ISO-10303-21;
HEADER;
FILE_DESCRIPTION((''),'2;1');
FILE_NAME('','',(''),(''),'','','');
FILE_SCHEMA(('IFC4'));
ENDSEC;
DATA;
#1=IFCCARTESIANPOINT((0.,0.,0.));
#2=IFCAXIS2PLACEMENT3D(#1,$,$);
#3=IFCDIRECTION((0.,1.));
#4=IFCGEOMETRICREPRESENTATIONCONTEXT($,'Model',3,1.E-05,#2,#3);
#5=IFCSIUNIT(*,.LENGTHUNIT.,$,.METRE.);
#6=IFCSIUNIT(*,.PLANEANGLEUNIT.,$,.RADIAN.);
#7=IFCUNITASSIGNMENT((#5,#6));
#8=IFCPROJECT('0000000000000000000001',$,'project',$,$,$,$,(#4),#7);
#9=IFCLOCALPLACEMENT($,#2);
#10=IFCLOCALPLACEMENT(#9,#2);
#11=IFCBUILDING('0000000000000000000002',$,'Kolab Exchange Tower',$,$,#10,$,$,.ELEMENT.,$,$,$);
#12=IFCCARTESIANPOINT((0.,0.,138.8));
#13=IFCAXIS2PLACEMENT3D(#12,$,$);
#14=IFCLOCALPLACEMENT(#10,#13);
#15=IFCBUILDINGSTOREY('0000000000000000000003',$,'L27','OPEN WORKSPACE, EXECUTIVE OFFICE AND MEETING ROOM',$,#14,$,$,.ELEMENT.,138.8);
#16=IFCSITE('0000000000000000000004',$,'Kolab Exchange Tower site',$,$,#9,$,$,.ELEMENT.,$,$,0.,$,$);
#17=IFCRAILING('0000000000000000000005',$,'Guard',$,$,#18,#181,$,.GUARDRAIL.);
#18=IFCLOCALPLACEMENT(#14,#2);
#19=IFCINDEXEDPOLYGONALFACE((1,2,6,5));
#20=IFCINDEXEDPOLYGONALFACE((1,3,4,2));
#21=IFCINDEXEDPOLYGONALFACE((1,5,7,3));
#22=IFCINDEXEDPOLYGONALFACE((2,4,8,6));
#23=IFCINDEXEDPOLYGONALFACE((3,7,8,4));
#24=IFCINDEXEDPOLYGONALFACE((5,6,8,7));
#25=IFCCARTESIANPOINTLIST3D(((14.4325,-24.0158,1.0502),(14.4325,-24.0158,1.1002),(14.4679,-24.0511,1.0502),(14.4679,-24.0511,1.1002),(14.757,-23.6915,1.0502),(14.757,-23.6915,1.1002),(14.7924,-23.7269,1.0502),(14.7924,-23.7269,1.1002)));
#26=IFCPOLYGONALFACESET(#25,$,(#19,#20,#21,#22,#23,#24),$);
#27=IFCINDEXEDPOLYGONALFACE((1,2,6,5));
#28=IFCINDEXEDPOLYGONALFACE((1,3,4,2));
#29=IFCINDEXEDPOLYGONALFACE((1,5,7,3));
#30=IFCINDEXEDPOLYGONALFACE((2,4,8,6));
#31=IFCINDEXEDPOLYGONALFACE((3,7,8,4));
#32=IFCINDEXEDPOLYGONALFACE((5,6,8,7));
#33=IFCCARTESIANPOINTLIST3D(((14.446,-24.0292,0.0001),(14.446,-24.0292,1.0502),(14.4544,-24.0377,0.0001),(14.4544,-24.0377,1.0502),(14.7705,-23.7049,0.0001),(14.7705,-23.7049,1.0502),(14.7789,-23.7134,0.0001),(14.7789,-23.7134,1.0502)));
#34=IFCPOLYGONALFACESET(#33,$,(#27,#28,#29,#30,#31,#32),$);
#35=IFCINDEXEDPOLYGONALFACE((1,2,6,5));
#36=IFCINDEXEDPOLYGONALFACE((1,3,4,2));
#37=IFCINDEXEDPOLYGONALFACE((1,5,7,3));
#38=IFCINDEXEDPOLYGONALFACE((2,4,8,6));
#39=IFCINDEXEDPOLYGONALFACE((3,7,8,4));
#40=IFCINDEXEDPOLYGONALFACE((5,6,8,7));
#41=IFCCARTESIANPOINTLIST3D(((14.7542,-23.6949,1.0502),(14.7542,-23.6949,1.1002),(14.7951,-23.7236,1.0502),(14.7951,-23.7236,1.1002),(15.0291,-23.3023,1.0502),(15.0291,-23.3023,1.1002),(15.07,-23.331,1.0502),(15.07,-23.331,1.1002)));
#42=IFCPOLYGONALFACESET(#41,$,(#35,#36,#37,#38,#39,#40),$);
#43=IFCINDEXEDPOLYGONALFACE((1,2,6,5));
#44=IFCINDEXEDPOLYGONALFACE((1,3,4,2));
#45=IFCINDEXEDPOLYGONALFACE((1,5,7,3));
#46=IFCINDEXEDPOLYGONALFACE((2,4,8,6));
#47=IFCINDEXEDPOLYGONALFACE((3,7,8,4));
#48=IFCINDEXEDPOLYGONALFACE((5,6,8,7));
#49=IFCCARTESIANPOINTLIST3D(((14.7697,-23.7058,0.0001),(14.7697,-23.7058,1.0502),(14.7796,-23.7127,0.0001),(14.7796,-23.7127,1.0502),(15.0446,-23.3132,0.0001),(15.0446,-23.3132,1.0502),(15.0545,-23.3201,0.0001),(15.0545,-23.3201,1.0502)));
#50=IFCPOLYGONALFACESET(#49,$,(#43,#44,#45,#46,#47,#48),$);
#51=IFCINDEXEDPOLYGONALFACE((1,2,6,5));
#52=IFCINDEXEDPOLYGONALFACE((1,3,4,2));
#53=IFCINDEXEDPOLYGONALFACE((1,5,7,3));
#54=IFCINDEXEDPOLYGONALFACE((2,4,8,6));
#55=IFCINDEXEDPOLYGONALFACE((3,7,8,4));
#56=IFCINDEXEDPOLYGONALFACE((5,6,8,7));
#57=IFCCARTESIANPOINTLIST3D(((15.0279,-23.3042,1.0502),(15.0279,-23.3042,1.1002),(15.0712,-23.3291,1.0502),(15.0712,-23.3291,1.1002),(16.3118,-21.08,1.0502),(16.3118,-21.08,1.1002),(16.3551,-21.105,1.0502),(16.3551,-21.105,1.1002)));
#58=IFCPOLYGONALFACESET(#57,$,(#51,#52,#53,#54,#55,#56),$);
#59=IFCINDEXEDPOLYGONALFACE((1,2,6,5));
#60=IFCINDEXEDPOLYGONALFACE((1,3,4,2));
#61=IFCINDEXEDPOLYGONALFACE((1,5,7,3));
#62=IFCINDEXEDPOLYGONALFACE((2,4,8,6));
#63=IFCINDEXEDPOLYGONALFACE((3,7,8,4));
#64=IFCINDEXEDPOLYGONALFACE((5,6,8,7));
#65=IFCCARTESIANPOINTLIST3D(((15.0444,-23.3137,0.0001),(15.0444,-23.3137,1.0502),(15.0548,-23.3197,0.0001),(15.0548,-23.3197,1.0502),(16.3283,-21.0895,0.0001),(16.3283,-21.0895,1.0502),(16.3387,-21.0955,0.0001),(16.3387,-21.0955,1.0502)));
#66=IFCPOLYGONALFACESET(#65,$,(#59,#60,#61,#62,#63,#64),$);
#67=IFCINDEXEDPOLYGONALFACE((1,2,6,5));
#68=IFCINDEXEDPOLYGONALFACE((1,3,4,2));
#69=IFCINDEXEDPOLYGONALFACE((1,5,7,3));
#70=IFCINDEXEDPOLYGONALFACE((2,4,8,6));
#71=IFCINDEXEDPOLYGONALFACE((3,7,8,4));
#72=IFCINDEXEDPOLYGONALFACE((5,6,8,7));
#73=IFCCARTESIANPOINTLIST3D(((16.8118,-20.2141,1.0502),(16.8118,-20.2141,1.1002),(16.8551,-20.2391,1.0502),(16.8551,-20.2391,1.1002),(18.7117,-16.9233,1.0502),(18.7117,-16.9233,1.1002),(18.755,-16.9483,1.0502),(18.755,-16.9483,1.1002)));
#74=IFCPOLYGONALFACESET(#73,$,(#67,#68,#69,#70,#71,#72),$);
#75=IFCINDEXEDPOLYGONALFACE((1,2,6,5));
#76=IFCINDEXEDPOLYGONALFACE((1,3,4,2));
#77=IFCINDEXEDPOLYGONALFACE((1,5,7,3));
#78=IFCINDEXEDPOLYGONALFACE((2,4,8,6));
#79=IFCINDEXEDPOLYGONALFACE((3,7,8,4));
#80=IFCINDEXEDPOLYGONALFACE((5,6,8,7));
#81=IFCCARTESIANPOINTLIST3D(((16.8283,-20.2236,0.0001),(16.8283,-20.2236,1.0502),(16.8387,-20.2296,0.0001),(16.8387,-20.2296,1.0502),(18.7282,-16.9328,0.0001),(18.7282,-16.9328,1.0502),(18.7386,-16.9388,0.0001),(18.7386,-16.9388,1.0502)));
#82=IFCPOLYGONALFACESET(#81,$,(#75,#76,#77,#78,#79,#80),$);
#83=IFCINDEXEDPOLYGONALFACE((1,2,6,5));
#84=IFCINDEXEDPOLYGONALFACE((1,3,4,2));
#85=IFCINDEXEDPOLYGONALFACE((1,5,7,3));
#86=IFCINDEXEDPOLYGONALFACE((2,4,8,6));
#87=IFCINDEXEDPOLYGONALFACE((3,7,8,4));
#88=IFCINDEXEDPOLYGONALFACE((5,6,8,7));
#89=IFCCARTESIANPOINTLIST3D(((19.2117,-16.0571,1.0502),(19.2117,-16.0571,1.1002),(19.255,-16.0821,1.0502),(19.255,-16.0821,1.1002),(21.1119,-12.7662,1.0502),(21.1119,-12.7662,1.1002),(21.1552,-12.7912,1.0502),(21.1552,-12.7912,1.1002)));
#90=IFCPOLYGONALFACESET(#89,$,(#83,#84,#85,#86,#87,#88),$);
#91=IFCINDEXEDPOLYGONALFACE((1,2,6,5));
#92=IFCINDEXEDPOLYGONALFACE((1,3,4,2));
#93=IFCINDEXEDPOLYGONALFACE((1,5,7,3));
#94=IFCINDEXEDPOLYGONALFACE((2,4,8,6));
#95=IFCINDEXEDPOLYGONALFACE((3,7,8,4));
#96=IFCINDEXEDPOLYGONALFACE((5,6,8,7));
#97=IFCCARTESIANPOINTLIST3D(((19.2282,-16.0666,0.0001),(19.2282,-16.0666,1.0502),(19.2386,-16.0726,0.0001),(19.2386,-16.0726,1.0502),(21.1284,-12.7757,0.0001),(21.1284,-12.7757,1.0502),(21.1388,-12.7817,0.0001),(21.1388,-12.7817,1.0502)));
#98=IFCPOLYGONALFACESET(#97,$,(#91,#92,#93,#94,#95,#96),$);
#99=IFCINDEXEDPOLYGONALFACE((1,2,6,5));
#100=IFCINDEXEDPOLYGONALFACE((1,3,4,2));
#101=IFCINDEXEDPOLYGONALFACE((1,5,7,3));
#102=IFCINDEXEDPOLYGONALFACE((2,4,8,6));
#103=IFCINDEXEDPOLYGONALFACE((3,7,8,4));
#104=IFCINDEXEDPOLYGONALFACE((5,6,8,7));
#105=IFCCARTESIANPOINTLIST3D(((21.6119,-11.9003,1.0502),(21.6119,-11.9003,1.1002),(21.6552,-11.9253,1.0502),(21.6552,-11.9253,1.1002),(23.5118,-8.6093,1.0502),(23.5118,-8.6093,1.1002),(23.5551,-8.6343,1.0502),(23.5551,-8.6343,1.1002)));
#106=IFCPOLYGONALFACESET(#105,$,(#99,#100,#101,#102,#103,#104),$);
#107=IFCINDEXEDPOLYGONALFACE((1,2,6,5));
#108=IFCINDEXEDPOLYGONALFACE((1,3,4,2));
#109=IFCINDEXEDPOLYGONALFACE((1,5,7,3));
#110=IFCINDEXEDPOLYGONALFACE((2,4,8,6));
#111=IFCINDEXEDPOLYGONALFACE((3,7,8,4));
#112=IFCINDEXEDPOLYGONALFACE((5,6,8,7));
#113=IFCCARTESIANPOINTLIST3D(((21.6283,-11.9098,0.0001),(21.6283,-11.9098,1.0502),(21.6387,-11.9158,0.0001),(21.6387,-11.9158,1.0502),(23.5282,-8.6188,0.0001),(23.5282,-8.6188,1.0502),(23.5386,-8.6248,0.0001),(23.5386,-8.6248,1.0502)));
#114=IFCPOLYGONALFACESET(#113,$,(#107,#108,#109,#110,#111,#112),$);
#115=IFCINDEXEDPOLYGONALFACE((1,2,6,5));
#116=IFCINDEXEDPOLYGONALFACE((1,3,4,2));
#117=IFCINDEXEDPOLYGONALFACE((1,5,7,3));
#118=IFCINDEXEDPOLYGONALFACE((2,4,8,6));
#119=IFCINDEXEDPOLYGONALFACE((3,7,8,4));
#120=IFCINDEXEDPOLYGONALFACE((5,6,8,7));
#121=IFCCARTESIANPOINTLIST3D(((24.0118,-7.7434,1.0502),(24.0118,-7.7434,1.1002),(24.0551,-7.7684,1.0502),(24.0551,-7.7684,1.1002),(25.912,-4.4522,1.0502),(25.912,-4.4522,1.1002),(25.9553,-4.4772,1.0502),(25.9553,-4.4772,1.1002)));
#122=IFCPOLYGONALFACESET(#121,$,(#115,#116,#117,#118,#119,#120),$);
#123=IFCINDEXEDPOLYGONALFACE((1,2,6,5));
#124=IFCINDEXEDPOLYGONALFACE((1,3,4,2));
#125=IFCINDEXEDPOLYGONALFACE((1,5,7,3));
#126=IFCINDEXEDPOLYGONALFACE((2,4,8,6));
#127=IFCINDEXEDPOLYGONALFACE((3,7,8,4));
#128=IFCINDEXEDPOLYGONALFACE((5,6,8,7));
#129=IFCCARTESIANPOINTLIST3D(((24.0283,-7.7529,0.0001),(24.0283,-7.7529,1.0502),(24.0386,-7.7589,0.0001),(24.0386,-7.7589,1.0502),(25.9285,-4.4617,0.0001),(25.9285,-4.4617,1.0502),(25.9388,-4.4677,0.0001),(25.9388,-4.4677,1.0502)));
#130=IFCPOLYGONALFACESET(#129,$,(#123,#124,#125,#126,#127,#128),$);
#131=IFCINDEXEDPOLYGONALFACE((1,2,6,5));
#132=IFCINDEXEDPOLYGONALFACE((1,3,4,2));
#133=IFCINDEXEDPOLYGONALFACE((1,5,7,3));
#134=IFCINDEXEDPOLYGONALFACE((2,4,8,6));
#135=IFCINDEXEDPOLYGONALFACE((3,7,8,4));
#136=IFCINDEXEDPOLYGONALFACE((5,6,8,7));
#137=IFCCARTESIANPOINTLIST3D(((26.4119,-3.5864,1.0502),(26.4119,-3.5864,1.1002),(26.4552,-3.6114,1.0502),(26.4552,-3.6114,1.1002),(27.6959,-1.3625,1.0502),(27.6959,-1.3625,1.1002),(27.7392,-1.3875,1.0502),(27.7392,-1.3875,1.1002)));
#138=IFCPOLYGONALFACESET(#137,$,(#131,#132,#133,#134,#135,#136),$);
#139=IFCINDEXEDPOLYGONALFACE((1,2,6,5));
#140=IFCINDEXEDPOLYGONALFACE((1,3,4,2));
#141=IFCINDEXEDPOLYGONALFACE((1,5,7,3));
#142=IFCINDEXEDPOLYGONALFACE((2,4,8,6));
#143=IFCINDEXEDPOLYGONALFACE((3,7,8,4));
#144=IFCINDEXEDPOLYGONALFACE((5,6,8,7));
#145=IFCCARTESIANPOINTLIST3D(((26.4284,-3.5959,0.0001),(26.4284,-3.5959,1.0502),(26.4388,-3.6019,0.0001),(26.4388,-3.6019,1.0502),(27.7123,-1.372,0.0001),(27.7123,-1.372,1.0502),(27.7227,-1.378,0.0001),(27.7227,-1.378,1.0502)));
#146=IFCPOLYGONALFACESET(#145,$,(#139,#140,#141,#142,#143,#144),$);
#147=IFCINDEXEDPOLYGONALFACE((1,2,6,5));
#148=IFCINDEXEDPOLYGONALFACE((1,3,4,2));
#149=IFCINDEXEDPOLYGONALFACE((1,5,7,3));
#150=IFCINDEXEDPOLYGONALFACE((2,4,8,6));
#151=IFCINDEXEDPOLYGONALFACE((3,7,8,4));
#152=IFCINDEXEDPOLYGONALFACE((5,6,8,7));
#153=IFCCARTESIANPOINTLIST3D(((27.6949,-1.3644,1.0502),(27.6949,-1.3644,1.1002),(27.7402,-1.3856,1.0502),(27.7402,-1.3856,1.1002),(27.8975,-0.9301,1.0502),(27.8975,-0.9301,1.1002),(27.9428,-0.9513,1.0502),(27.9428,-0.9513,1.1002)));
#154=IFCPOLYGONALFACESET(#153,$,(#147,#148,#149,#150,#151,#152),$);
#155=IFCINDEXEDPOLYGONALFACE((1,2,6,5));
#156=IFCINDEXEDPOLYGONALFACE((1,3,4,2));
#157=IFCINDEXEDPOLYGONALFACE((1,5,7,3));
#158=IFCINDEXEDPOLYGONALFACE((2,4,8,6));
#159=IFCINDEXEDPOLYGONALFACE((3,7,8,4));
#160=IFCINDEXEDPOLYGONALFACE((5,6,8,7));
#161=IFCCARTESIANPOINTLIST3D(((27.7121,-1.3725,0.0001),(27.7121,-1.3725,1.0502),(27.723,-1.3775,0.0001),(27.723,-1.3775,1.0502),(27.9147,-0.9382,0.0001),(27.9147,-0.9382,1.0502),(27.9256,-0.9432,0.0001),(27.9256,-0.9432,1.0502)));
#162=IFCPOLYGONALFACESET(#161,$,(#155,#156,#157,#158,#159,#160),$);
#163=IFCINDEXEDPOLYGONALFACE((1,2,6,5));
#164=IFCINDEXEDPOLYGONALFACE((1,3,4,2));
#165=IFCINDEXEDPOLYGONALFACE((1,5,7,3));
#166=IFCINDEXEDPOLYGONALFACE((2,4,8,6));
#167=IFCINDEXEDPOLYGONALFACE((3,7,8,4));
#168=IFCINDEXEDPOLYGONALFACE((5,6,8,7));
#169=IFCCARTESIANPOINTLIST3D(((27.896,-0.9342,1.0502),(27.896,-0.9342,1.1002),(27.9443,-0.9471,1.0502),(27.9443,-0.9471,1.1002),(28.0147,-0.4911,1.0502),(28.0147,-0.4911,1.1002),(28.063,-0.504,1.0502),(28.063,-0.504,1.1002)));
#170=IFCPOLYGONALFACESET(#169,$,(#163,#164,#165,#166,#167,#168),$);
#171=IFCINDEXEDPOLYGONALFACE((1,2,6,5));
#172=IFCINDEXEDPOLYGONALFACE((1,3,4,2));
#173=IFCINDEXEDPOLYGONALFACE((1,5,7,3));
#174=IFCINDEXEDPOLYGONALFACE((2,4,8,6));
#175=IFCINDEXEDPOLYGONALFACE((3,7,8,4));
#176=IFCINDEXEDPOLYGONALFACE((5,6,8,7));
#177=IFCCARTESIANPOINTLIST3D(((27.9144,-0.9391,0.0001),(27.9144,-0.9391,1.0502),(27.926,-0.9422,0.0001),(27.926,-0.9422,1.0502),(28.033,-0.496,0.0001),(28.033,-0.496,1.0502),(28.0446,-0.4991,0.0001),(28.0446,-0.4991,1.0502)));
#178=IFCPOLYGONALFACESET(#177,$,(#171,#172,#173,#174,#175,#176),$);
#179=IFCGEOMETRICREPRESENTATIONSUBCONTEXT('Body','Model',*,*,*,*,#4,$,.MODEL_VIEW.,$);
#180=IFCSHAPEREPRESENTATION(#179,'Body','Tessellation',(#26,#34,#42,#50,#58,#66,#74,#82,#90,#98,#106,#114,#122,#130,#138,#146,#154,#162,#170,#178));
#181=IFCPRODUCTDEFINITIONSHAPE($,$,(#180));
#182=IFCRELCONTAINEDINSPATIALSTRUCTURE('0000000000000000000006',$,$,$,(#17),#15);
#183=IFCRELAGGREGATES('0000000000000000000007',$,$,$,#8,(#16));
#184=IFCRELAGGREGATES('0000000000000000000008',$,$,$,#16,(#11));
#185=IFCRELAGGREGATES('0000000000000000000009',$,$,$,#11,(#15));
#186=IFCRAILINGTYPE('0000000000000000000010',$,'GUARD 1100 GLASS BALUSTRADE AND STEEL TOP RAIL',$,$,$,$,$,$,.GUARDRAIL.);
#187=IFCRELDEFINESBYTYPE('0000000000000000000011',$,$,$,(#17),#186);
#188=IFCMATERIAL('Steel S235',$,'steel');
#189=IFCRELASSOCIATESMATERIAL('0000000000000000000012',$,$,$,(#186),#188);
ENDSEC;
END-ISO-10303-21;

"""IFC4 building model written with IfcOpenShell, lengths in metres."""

from ifc_helpers import new_model, si_unit, direction, frame, frame_2d, origin, origin_2d, place, context, subcontext, project, spatial, rectangle, extrude, material, type_object, element, save


model = new_model("IFC4")

# Units and contexts
model_context = context("Model", 3, precision=1e-05, world=origin(), true_north=direction((0.0, 1.0)))
body_context = subcontext(model_context, "Body", "Model", "MODEL_VIEW")
ifc_project = project(units=[si_unit("LENGTHUNIT", "METRE"), si_unit("PLANEANGLEUNIT", "RADIAN")], contexts=[model_context])

# Site, building, storey
site_placement = place(None, origin())
site = spatial("IfcSite", under=ifc_project, at=site_placement, Name="Kolab Exchange Tower site", CompositionType="ELEMENT", RefElevation=0.0)
building_placement = place(site_placement, origin())
building = spatial("IfcBuilding", under=site, at=building_placement, Name="Kolab Exchange Tower", CompositionType="ELEMENT")
storey_placement = place(building_placement, frame((0.0, 0.0, 138.8)))
storey = spatial("IfcBuildingStorey", under=building, at=storey_placement, Name="L27", Description="OPEN WORKSPACE, EXECUTIVE OFFICE AND MEETING ROOM", CompositionType="ELEMENT", Elevation=138.8)

# Railing
ifc_material_1 = material(Name="Steel S235", Category="steel")
railing_type = type_object("IfcRailingType", Name="GUARD 1100 GLASS BALUSTRADE AND STEEL TOP RAIL", PredefinedType="GUARDRAIL", material=ifc_material_1)
railing_placement = place(storey_placement, frame((14.4502, -24.0334, 0.0)))
element("IfcRailing", 1, at=railing_placement, inside=storey, type_object=railing_type, Name="Guard", PredefinedType="GUARDRAIL", context=body_context, shape_type="SweptSolid", body=[
    extrude(rectangle(XDim=0.05, YDim=0.05, at=origin_2d()), frame((0.0, 0.0, 1.0752), z_axis=(0.707373, 0.706841, 0.0), x_axis=(-0.706841, 0.707373, 0.0)), (0.0, 0.0, 1.0), 0.4587),
    extrude(rectangle(XDim=0.012, YDim=1.0501, at=frame_2d((0.0, 0.5251))), frame((0.0, 0.0, 0.0), z_axis=(0.707373, 0.706841, 0.0), x_axis=(-0.706841, 0.707373, 0.0)), (0.0, 0.0, 1.0), 0.4587),
    extrude(rectangle(XDim=0.05, YDim=0.05, at=origin_2d()), frame((0.3245, 0.3242, 1.0752), z_axis=(0.573599, 0.819136, 0.0), x_axis=(-0.819136, 0.573599, 0.0)), (0.0, 0.0, 1.0), 0.4792),
    extrude(rectangle(XDim=0.012, YDim=1.0501, at=frame_2d((0.0, 0.5251))), frame((0.3245, 0.3242, 0.0), z_axis=(0.573599, 0.819136, 0.0), x_axis=(-0.819136, 0.573599, 0.0)), (0.0, 0.0, 1.0), 0.4792),
    extrude(rectangle(XDim=0.05, YDim=0.05, at=origin_2d()), frame((0.5994, 0.7168, 1.0752), z_axis=(0.499953, 0.866053, 0.0), x_axis=(-0.866053, 0.499953, 0.0)), (0.0, 0.0, 1.0), 2.5681),
    extrude(rectangle(XDim=0.012, YDim=1.0501, at=frame_2d((0.0, 0.5251))), frame((0.5994, 0.7168, 0.0), z_axis=(0.499953, 0.866053, 0.0), x_axis=(-0.866053, 0.499953, 0.0)), (0.0, 0.0, 1.0), 2.5681),
    extrude(rectangle(XDim=0.05, YDim=0.05, at=origin_2d()), frame((2.3833, 3.8069, 1.0752), z_axis=(0.499995, 0.866028, 0.0), x_axis=(-0.866028, 0.499995, 0.0)), (0.0, 0.0, 1.0), 3.7998),
    extrude(rectangle(XDim=0.012, YDim=1.0501, at=frame_2d((0.0, 0.5251))), frame((2.3833, 3.8069, 0.0), z_axis=(0.499995, 0.866028, 0.0), x_axis=(-0.866028, 0.499995, 0.0)), (0.0, 0.0, 1.0), 3.7998),
    extrude(rectangle(XDim=0.05, YDim=0.05, at=origin_2d()), frame((4.7832, 7.9639, 1.0752), z_axis=(0.500043, 0.866, 0.0), x_axis=(-0.866, 0.500043, 0.0)), (0.0, 0.0, 1.0), 3.8),
    extrude(rectangle(XDim=0.012, YDim=1.0501, at=frame_2d((0.0, 0.5251))), frame((4.7832, 7.9639, 0.0), z_axis=(0.500043, 0.866, 0.0), x_axis=(-0.866, 0.500043, 0.0)), (0.0, 0.0, 1.0), 3.8),
    extrude(rectangle(XDim=0.05, YDim=0.05, at=origin_2d()), frame((7.1833, 12.1206, 1.0752), z_axis=(0.499967, 0.866044, 0.0), x_axis=(-0.866044, 0.499967, 0.0)), (0.0, 0.0, 1.0), 3.8),
    extrude(rectangle(XDim=0.012, YDim=1.0501, at=frame_2d((0.0, 0.5251))), frame((7.1833, 12.1206, 0.0), z_axis=(0.499967, 0.866044, 0.0), x_axis=(-0.866044, 0.499967, 0.0)), (0.0, 0.0, 1.0), 3.8),
    extrude(rectangle(XDim=0.05, YDim=0.05, at=origin_2d()), frame((9.5833, 16.2776, 1.0752), z_axis=(0.500015, 0.866017, 0.0), x_axis=(-0.866017, 0.500015, 0.0)), (0.0, 0.0, 1.0), 3.8003),
    extrude(rectangle(XDim=0.012, YDim=1.0501, at=frame_2d((0.0, 0.5251))), frame((9.5833, 16.2776, 0.0), z_axis=(0.500015, 0.866017, 0.0), x_axis=(-0.866017, 0.500015, 0.0)), (0.0, 0.0, 1.0), 3.8003),
    extrude(rectangle(XDim=0.05, YDim=0.05, at=origin_2d()), frame((11.9834, 20.4346, 1.0752), z_axis=(0.499994, 0.866029, 0.0), x_axis=(-0.866029, 0.499994, 0.0)), (0.0, 0.0, 1.0), 2.5679),
    extrude(rectangle(XDim=0.012, YDim=1.0501, at=frame_2d((0.0, 0.5251))), frame((11.9834, 20.4346, 0.0), z_axis=(0.499994, 0.866029, 0.0), x_axis=(-0.866029, 0.499994, 0.0)), (0.0, 0.0, 1.0), 2.5679),
    extrude(rectangle(XDim=0.05, YDim=0.05, at=origin_2d()), frame((13.2673, 22.6584, 1.0752), z_axis=(0.422802, 0.906222, 0.0), x_axis=(-0.906222, 0.422802, 0.0)), (0.0, 0.0, 1.0), 0.4792),
    extrude(rectangle(XDim=0.012, YDim=1.0501, at=frame_2d((0.0, 0.5251))), frame((13.2673, 22.6584, 0.0), z_axis=(0.422802, 0.906222, 0.0), x_axis=(-0.906222, 0.422802, 0.0)), (0.0, 0.0, 1.0), 0.4792),
    extrude(rectangle(XDim=0.05, YDim=0.05, at=origin_2d()), frame((13.47, 23.0928, 1.0752), z_axis=(0.258656, 0.965969, 0.0), x_axis=(-0.965969, 0.258656, 0.0)), (0.0, 0.0, 1.0), 0.4587),
    extrude(rectangle(XDim=0.012, YDim=1.0501, at=frame_2d((0.0, 0.5251))), frame((13.47, 23.0928, 0.0), z_axis=(0.258656, 0.965969, 0.0), x_axis=(-0.965969, 0.258656, 0.0)), (0.0, 0.0, 1.0), 0.4587),
])

save(model, "model.ifc")
